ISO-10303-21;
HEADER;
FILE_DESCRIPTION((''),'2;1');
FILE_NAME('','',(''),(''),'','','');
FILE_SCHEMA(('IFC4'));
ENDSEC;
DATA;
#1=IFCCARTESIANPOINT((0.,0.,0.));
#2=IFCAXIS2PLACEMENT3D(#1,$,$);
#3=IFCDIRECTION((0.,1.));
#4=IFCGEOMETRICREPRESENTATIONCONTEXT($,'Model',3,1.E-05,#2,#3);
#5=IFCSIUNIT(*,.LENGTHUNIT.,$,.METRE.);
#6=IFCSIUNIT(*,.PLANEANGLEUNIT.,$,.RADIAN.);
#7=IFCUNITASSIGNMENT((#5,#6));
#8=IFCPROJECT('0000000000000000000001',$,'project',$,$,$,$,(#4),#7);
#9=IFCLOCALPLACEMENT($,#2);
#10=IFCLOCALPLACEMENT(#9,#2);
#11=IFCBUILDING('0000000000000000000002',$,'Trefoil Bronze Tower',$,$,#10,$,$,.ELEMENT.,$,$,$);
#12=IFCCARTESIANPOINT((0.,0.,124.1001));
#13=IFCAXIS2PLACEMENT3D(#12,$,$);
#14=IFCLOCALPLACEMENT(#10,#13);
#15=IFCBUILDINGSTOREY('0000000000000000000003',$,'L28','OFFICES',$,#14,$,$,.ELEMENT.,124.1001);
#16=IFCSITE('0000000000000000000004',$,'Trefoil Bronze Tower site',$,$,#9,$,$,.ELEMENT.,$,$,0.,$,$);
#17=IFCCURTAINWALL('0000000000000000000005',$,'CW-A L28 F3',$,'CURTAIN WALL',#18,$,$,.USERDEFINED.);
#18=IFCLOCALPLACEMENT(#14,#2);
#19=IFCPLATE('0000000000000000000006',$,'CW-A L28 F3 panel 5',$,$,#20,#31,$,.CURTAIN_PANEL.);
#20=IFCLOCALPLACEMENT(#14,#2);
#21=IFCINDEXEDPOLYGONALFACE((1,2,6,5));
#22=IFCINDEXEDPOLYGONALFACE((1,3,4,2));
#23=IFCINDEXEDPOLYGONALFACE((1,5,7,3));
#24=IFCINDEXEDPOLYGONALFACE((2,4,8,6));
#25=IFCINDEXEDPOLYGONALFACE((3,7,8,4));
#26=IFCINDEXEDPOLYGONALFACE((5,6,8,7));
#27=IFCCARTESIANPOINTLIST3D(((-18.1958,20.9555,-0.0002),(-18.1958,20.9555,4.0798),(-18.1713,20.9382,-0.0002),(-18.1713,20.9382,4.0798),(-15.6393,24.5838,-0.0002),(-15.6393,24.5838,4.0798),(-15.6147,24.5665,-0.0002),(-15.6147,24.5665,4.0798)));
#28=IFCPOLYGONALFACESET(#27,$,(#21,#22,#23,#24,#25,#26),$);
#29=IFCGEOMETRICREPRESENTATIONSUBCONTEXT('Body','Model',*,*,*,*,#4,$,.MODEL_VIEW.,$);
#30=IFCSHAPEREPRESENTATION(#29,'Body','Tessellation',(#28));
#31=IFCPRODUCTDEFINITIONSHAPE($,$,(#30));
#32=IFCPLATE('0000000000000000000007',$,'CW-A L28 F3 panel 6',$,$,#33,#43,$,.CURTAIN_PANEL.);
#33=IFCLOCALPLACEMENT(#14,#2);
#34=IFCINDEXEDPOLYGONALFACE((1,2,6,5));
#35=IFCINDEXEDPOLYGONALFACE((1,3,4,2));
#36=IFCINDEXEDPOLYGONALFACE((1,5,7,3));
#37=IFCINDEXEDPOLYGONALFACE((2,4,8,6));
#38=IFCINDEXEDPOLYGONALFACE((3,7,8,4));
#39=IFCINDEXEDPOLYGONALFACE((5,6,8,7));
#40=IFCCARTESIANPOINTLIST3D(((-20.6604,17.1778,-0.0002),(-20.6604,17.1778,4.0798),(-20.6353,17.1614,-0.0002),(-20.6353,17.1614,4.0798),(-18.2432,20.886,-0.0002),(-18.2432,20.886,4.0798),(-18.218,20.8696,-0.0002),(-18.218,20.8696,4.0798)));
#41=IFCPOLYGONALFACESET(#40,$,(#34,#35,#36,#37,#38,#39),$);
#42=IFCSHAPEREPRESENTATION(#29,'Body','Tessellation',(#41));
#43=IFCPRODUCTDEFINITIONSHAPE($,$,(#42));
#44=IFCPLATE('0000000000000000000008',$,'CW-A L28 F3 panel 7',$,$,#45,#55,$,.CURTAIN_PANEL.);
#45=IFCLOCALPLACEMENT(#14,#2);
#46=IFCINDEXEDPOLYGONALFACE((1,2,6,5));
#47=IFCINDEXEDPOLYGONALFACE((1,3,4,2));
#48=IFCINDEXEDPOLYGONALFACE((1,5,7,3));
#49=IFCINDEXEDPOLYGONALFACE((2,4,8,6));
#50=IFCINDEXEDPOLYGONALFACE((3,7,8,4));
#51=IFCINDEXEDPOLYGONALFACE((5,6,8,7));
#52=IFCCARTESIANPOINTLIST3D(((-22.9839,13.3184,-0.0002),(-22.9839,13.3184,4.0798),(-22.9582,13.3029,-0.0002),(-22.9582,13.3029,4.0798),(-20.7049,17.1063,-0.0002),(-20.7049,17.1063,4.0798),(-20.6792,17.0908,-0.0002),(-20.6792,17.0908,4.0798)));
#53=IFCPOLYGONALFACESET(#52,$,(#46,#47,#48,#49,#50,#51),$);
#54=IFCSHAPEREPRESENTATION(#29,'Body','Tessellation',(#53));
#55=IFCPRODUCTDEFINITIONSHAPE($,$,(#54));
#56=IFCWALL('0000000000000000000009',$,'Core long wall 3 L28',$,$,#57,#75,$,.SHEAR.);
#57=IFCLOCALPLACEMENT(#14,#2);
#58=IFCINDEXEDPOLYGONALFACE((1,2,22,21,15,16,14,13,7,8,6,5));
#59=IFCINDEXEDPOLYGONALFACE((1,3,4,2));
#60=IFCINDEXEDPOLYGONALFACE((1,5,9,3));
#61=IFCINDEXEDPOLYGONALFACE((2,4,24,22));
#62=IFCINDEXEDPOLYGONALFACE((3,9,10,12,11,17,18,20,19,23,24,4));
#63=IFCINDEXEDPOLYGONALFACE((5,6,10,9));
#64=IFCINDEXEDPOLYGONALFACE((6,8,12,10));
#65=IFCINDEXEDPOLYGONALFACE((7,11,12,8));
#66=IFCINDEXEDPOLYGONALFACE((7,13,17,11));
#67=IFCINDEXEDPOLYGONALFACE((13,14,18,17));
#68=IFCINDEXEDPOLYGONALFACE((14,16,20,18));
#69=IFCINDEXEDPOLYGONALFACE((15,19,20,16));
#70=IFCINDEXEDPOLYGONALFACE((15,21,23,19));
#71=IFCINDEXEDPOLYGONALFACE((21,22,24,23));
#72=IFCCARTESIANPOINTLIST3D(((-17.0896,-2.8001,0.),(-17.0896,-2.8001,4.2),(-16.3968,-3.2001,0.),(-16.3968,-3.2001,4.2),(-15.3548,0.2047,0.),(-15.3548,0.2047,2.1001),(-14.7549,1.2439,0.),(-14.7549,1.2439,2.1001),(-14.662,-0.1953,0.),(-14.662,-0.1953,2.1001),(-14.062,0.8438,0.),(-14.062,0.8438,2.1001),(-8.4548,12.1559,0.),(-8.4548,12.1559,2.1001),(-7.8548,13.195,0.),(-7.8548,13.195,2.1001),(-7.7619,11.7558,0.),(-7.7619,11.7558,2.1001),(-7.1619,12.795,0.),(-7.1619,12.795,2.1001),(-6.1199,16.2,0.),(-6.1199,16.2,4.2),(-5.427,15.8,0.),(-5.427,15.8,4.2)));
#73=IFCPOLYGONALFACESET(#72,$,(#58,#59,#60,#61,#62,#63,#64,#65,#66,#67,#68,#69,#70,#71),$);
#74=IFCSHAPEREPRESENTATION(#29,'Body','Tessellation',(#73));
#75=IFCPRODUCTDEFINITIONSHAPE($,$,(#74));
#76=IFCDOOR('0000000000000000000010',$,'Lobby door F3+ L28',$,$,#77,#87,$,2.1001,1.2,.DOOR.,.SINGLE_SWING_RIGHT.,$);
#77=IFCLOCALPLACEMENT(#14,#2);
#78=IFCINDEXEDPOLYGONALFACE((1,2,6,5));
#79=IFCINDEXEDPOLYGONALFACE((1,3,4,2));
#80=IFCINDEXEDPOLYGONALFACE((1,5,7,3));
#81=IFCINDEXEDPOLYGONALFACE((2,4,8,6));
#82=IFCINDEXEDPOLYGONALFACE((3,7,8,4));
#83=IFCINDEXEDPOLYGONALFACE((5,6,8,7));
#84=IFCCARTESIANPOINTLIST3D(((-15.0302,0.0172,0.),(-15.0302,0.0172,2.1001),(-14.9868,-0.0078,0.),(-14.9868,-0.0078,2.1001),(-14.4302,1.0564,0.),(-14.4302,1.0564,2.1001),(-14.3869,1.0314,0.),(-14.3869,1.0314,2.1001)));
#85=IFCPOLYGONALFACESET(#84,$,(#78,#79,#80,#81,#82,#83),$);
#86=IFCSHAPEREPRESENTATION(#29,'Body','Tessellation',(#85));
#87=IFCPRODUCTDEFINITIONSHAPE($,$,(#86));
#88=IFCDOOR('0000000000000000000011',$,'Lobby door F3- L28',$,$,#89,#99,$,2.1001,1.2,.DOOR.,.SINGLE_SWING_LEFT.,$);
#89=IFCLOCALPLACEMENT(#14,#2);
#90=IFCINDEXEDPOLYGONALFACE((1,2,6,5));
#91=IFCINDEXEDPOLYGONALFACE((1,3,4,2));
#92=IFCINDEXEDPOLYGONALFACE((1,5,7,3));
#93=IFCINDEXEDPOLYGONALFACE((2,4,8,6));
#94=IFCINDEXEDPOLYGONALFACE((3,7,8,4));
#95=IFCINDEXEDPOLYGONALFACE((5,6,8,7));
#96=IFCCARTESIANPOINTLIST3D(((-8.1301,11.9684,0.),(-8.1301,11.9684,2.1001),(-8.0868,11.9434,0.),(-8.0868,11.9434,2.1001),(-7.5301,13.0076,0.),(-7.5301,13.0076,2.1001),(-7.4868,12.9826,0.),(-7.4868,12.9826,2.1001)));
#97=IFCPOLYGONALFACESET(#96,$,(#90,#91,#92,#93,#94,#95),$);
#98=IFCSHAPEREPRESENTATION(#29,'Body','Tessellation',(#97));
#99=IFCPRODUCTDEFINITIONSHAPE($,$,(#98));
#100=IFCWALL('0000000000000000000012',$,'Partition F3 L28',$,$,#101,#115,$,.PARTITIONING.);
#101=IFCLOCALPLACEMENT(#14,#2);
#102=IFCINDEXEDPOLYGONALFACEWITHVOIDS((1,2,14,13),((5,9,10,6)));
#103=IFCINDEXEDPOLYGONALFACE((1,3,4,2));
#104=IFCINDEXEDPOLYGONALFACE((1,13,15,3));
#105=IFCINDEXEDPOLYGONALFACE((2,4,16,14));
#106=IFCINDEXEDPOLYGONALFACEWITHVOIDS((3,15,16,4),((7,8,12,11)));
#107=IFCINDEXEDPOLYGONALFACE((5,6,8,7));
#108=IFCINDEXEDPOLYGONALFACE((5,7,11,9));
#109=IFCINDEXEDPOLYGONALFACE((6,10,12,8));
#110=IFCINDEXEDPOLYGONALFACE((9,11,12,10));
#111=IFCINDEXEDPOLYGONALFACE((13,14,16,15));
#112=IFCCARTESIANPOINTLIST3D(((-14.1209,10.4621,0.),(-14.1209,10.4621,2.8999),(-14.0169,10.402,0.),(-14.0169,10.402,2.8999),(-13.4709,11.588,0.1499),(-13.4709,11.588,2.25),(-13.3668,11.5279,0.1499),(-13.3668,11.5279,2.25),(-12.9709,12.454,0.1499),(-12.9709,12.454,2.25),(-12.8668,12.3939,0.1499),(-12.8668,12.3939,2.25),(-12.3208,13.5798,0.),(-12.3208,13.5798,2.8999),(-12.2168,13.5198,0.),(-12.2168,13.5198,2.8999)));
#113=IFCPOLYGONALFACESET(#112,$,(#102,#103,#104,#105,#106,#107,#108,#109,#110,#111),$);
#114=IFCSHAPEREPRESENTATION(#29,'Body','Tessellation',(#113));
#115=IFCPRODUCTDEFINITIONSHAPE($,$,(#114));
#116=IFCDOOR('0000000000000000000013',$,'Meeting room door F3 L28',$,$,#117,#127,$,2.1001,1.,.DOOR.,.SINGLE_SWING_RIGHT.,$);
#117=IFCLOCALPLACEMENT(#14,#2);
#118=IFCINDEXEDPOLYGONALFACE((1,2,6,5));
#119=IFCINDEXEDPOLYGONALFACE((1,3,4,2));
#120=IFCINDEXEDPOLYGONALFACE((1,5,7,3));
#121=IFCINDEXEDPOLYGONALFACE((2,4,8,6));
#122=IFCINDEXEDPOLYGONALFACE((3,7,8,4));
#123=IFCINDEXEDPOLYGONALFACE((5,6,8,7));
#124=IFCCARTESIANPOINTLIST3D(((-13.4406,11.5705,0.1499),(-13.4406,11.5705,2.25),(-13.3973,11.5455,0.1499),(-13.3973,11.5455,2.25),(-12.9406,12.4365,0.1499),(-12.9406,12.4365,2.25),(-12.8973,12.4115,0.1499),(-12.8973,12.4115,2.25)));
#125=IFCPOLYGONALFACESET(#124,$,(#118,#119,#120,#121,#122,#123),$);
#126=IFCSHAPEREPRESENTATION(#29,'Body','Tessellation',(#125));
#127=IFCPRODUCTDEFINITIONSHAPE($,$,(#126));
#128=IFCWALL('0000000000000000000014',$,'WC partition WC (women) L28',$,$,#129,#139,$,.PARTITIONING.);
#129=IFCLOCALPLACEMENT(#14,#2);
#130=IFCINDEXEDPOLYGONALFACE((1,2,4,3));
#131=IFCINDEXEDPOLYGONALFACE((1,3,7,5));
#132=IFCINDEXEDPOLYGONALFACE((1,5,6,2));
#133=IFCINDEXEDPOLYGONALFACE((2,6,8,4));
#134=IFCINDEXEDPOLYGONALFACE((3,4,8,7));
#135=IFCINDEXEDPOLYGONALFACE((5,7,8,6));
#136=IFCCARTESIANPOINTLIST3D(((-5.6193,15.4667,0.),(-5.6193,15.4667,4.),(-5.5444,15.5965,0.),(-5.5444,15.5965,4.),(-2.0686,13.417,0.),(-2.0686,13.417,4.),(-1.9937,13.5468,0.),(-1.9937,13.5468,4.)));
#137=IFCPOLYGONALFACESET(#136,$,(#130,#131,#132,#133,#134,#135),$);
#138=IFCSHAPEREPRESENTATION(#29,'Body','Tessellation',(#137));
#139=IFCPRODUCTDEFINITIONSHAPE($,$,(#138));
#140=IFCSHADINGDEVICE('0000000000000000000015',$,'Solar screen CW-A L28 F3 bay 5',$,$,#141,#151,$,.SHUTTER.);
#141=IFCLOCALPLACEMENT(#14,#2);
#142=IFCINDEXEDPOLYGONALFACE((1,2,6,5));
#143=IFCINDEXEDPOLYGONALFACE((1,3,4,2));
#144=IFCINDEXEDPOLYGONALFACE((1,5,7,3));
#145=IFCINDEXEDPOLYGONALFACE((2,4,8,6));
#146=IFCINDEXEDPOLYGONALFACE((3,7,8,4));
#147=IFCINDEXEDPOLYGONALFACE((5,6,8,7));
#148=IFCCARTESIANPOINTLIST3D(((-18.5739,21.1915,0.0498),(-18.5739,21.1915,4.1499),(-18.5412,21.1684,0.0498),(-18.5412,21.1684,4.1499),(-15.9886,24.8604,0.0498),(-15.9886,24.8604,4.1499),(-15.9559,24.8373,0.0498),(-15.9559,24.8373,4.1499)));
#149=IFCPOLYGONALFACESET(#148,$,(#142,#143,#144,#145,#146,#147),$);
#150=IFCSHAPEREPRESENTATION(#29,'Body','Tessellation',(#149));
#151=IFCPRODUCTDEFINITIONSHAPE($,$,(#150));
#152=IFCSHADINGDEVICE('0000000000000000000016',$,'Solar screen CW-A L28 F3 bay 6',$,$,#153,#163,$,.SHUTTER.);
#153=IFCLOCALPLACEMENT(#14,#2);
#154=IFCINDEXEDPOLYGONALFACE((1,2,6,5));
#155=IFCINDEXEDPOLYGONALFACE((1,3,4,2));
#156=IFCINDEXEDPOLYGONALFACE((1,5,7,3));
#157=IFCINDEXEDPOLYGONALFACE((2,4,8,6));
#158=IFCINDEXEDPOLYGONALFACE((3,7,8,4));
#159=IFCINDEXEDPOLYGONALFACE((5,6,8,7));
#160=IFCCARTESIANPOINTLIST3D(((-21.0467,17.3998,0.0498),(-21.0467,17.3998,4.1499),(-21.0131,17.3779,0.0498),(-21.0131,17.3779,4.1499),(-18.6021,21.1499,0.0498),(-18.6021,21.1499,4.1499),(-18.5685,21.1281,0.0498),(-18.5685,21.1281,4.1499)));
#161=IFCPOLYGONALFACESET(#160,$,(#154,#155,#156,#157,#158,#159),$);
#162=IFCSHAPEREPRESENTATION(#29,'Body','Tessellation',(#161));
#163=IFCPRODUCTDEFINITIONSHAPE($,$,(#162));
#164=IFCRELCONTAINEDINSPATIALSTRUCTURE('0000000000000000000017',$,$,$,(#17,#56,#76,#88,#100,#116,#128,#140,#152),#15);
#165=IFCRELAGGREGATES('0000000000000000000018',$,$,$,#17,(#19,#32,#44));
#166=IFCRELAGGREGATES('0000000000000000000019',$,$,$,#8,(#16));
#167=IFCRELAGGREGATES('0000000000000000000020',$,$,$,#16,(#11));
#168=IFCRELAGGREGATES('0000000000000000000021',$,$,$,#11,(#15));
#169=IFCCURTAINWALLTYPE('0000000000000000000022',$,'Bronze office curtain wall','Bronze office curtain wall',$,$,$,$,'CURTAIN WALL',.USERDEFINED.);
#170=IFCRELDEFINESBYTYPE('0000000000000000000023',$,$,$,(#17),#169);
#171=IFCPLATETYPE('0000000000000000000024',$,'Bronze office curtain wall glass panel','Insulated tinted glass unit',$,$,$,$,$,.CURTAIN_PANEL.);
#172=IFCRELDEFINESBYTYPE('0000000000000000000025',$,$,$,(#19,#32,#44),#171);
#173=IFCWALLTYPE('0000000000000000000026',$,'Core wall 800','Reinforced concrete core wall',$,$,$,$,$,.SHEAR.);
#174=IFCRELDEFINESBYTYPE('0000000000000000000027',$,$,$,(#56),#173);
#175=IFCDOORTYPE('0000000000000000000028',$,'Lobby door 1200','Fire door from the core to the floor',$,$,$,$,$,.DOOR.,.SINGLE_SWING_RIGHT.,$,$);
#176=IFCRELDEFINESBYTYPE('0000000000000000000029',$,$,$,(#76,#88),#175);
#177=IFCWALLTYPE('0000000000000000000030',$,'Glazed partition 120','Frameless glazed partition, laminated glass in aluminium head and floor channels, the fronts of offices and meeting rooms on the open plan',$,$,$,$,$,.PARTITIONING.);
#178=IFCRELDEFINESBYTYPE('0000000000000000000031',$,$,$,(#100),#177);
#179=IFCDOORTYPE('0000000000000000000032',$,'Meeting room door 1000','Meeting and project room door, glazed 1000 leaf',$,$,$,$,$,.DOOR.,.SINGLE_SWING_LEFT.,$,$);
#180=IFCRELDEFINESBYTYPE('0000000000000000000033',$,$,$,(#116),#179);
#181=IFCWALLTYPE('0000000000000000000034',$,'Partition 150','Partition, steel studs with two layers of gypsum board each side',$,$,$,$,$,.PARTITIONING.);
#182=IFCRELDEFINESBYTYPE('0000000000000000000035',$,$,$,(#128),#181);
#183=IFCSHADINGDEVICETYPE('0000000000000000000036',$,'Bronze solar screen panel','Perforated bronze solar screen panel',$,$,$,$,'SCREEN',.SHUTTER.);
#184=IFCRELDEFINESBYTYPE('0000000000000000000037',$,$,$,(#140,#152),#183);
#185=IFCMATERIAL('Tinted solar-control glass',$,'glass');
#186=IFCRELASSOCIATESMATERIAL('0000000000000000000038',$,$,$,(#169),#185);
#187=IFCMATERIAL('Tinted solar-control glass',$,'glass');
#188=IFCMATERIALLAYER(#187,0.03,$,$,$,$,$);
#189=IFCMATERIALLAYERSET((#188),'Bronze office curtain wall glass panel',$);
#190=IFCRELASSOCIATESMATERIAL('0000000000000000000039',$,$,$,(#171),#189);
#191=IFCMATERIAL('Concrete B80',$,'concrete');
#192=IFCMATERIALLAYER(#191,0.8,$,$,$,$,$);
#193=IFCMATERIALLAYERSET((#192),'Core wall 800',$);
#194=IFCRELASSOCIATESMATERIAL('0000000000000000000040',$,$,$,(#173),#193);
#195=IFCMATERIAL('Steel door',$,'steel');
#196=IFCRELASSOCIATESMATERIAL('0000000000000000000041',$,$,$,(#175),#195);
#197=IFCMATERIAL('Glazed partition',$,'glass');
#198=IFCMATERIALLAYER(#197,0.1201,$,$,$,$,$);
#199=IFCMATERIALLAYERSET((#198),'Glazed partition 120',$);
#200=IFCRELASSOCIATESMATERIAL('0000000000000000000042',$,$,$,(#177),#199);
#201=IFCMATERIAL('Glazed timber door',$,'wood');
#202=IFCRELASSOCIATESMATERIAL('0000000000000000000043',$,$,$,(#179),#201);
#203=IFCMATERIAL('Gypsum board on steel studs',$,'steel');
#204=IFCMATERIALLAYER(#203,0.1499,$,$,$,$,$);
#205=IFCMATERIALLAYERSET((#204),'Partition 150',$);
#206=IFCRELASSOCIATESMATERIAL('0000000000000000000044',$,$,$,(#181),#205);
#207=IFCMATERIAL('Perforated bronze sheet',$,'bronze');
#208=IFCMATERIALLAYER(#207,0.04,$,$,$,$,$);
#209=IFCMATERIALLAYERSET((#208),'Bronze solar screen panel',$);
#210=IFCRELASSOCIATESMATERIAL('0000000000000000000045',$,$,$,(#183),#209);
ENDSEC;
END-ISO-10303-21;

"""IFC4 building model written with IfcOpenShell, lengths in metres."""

from ifc_helpers import new_model, si_unit, direction, frame, frame_2d, origin, origin_2d, place, context, subcontext, project, spatial, rectangle, extrude, material, layer, layer_set, type_object, element, fill, aggregate, save


model = new_model("IFC4")

# Units and contexts
model_context = context("Model", 3, precision=1e-05, world=origin(), true_north=direction((0.0, 1.0)))
body_context = subcontext(model_context, "Body", "Model", "MODEL_VIEW")
ifc_project = project(units=[si_unit("LENGTHUNIT", "METRE"), si_unit("PLANEANGLEUNIT", "RADIAN")], contexts=[model_context])

# Site, building, storey
site_placement = place(None, origin())
site = spatial("IfcSite", under=ifc_project, at=site_placement, Name="Trefoil Bronze Tower site", CompositionType="ELEMENT", RefElevation=0.0)
building_placement = place(site_placement, origin())
building = spatial("IfcBuilding", under=site, at=building_placement, Name="Trefoil Bronze Tower", CompositionType="ELEMENT")
storey_placement = place(building_placement, frame((0.0, 0.0, 124.1001)))
storey = spatial("IfcBuildingStorey", under=building, at=storey_placement, Name="L28", Description="OFFICES", CompositionType="ELEMENT", Elevation=124.1001)

# Curtain wall
ifc_material_1 = material(Name="Tinted solar-control glass", Category="glass")
curtain_wall_type = type_object("IfcCurtainWallType", Name="Bronze office curtain wall", Description="Bronze office curtain wall", ElementType="CURTAIN WALL", PredefinedType="USERDEFINED", material=ifc_material_1)
curtain_wall_placement = place(storey_placement, origin())
curtain_wall = element("IfcCurtainWall", 1, at=curtain_wall_placement, inside=storey, type_object=curtain_wall_type, Name="CW-A L28 F3", ObjectType="CURTAIN WALL", PredefinedType="USERDEFINED")

# Plates
ifc_material_2 = material(Name="Tinted solar-control glass", Category="glass")
ifc_layer_1 = layer(ifc_material_2, 0.03)
ifc_layer_set_1 = layer_set([ifc_layer_1], Name="Bronze office curtain wall glass panel")
plate_type = type_object("IfcPlateType", Name="Bronze office curtain wall glass panel", Description="Insulated tinted glass unit", PredefinedType="CURTAIN_PANEL", material=ifc_layer_set_1)
plate_1_placement = place(storey_placement, frame((-16.9053, 22.761, -0.0002), z_axis=(0.0, 0.0, 1.0), x_axis=(-0.575999, -0.81745, 0.0)))
plate_1 = element("IfcPlate", 2, at=plate_1_placement, type_object=plate_type, Name="CW-A L28 F3 panel 5", PredefinedType="CURTAIN_PANEL", context=body_context, shape_type="SweptSolid", body=[
    extrude(rectangle(XDim=4.4385, YDim=0.03, at=origin_2d()), origin(), (0.0, 0.0, 1.0), 4.0801),
])
plate_2_placement = place(storey_placement, frame((-19.4392, 19.0237, -0.0002), z_axis=(0.0, 0.0, 1.0), x_axis=(-0.546089, -0.837727, 0.0)))
plate_2 = element("IfcPlate", 3, at=plate_2_placement, type_object=plate_type, Name="CW-A L28 F3 panel 6", PredefinedType="CURTAIN_PANEL", context=body_context, shape_type="SweptSolid", body=[
    extrude(rectangle(XDim=4.4265, YDim=0.03, at=origin_2d()), origin(), (0.0, 0.0, 1.0), 4.0801),
])
plate_3_placement = place(storey_placement, frame((-21.8315, 15.2046, -0.0002), z_axis=(0.0, 0.0, 1.0), x_axis=(-0.515525, -0.856874, 0.0)))
plate_3 = element("IfcPlate", 4, at=plate_3_placement, type_object=plate_type, Name="CW-A L28 F3 panel 7", PredefinedType="CURTAIN_PANEL", context=body_context, shape_type="SweptSolid", body=[
    extrude(rectangle(XDim=4.4207, YDim=0.03, at=origin_2d()), origin(), (0.0, 0.0, 1.0), 4.0801),
])
aggregate(curtain_wall, [plate_1, plate_2, plate_3])

# Wall, openings, doors
ifc_material_3 = material(Name="Concrete B80", Category="concrete")
ifc_layer_2 = layer(ifc_material_3, 0.8)
ifc_layer_set_2 = layer_set([ifc_layer_2], Name="Core wall 800")
wall_type_1 = type_object("IfcWallType", Name="Core wall 800", Description="Reinforced concrete core wall", PredefinedType="SHEAR", material=ifc_layer_set_2)
wall_1_placement = place(storey_placement, frame((-5.7734, 16.0, 0.0), z_axis=(0.0, 0.0, 1.0), x_axis=(-0.500002, -0.866024, 0.0)))
wall_1 = element("IfcWall", 5, at=wall_1_placement, inside=storey, type_object=wall_type_1, Name="Core long wall 3 L28", PredefinedType="SHEAR", context=body_context, shape_type="SweptSolid", body=[
    extrude(rectangle(XDim=21.9395, YDim=0.8, at=frame_2d((10.9697, 0.0))), origin(), (0.0, 0.0, 1.0), 4.2),
])
opening_1_placement = place(wall_1_placement, frame((17.2698, 0.0, 0.0)))
opening_1 = element("IfcOpeningElement", 6, at=opening_1_placement, cuts=wall_1, PredefinedType="OPENING", context=body_context, shape_type="SweptSolid", body=[
    extrude(rectangle(XDim=1.2, YDim=2.1001, at=frame_2d((0.6001, 1.05))), frame((0.0, 0.4099, 0.0), z_axis=(0.0, -1.0, 0.0), x_axis=(1.0, 0.0, 0.0)), (0.0, 0.0, 1.0), 0.8201),
])
opening_2_placement = place(wall_1_placement, frame((3.4697, 0.0, 0.0)))
opening_2 = element("IfcOpeningElement", 7, at=opening_2_placement, cuts=wall_1, PredefinedType="OPENING", context=body_context, shape_type="SweptSolid", body=[
    extrude(rectangle(XDim=1.2, YDim=2.1001, at=frame_2d((0.6001, 1.05))), frame((0.0, 0.4099, 0.0), z_axis=(0.0, -1.0, 0.0), x_axis=(1.0, 0.0, 0.0)), (0.0, 0.0, 1.0), 0.8201),
])
ifc_material_4 = material(Name="Steel door", Category="steel")
door_type_1 = type_object("IfcDoorType", Name="Lobby door 1200", Description="Fire door from the core to the floor", OperationType="SINGLE_SWING_RIGHT", PredefinedType="DOOR", material=ifc_material_4)
door_1_placement = place(opening_1_placement, origin())
door_1 = element("IfcDoor", 8, at=door_1_placement, inside=storey, type_object=door_type_1, Name="Lobby door F3+ L28", OperationType="SINGLE_SWING_RIGHT", OverallHeight=2.1001, OverallWidth=1.2, PredefinedType="DOOR", context=body_context, shape_type="SweptSolid", body=[
    extrude(rectangle(XDim=1.2, YDim=2.1001, at=frame_2d((0.6001, 1.05))), frame((0.0, 0.0249, 0.0), z_axis=(0.0, -1.0, 0.0), x_axis=(1.0, 0.0, 0.0)), (0.0, 0.0, 1.0), 0.05),
])
fill(opening_1, door_1)
door_2_placement = place(opening_2_placement, origin())
door_2 = element("IfcDoor", 9, at=door_2_placement, inside=storey, type_object=door_type_1, Name="Lobby door F3- L28", OperationType="SINGLE_SWING_LEFT", OverallHeight=2.1001, OverallWidth=1.2, PredefinedType="DOOR", context=body_context, shape_type="SweptSolid", body=[
    extrude(rectangle(XDim=1.2, YDim=2.1001, at=frame_2d((0.6001, 1.05))), frame((0.0, 0.0249, 0.0), z_axis=(0.0, -1.0, 0.0), x_axis=(1.0, 0.0, 0.0)), (0.0, 0.0, 1.0), 0.05),
])
fill(opening_2, door_2)

# Wall, opening, door
ifc_material_5 = material(Name="Glazed partition", Category="glass")
ifc_layer_3 = layer(ifc_material_5, 0.1201)
ifc_layer_set_3 = layer_set([ifc_layer_3], Name="Glazed partition 120")
wall_type_2 = type_object("IfcWallType", Name="Glazed partition 120", Description="Frameless glazed partition, laminated glass in aluminium head and floor channels, the fronts of offices and meeting rooms on the open plan", PredefinedType="PARTITIONING", material=ifc_layer_set_3)
wall_2_placement = place(storey_placement, frame((-12.2688, 13.5498, 0.0), z_axis=(0.0, 0.0, 1.0), x_axis=(-0.500012, -0.866018, 0.0)))
wall_2 = element("IfcWall", 10, at=wall_2_placement, inside=storey, type_object=wall_type_2, Name="Partition F3 L28", PredefinedType="PARTITIONING", context=body_context, shape_type="SweptSolid", body=[
    extrude(rectangle(XDim=3.6001, YDim=0.1201, at=frame_2d((1.8, 0.0))), origin(), (0.0, 0.0, 1.0), 2.8999),
])
opening_3_placement = place(wall_2_placement, frame((1.3, 0.0, 0.1499)))
opening_3 = element("IfcOpeningElement", 11, at=opening_3_placement, cuts=wall_2, PredefinedType="OPENING", context=body_context, shape_type="SweptSolid", body=[
    extrude(rectangle(XDim=1.0, YDim=2.1001, at=frame_2d((0.5, 1.05))), frame((0.0, 0.0701, 0.0), z_axis=(0.0, -1.0, 0.0), x_axis=(1.0, 0.0, 0.0)), (0.0, 0.0, 1.0), 0.1401),
])
ifc_material_6 = material(Name="Glazed timber door", Category="wood")
door_type_2 = type_object("IfcDoorType", Name="Meeting room door 1000", Description="Meeting and project room door, glazed 1000 leaf", OperationType="SINGLE_SWING_LEFT", PredefinedType="DOOR", material=ifc_material_6)
door_3_placement = place(opening_3_placement, origin())
door_3 = element("IfcDoor", 12, at=door_3_placement, inside=storey, type_object=door_type_2, Name="Meeting room door F3 L28", OperationType="SINGLE_SWING_RIGHT", OverallHeight=2.1001, OverallWidth=1.0, PredefinedType="DOOR", context=body_context, shape_type="SweptSolid", body=[
    extrude(rectangle(XDim=1.0, YDim=2.1001, at=frame_2d((0.5, 1.05))), frame((0.0, 0.0249, 0.0), z_axis=(0.0, -1.0, 0.0), x_axis=(1.0, 0.0, 0.0)), (0.0, 0.0, 1.0), 0.05),
])
fill(opening_3, door_3)

# Wall
ifc_material_7 = material(Name="Gypsum board on steel studs", Category="steel")
ifc_layer_4 = layer(ifc_material_7, 0.1499)
ifc_layer_set_4 = layer_set([ifc_layer_4], Name="Partition 150")
wall_type_3 = type_object("IfcWallType", Name="Partition 150", Description="Partition, steel studs with two layers of gypsum board each side", PredefinedType="PARTITIONING", material=ifc_layer_set_4)
wall_3_placement = place(storey_placement, frame((-2.0312, 13.4819, 0.0), z_axis=(0.0, 0.0, 1.0), x_axis=(-0.866051, 0.499956, 0.0)))
element("IfcWall", 13, at=wall_3_placement, inside=storey, type_object=wall_type_3, Name="WC partition WC (women) L28", PredefinedType="PARTITIONING", context=body_context, shape_type="SweptSolid", body=[
    extrude(rectangle(XDim=4.0999, YDim=0.1499, at=frame_2d((2.0498, 0.0))), origin(), (0.0, 0.0, 1.0), 4.0),
])

# Shading devices
ifc_material_8 = material(Name="Perforated bronze sheet", Category="bronze")
ifc_layer_5 = layer(ifc_material_8, 0.04)
ifc_layer_set_5 = layer_set([ifc_layer_5], Name="Bronze solar screen panel")
shading_device_type = type_object("IfcShadingDeviceType", Name="Bronze solar screen panel", Description="Perforated bronze solar screen panel", ElementType="SCREEN", PredefinedType="SHUTTER", material=ifc_layer_set_5)
shading_device_1_placement = place(storey_placement, frame((-17.2649, 23.0144, 0.0498), z_axis=(0.0, 0.0, 1.0), x_axis=(-0.575999, -0.81745, 0.0)))
element("IfcShadingDevice", 14, at=shading_device_1_placement, inside=storey, type_object=shading_device_type, Name="Solar screen CW-A L28 F3 bay 5", PredefinedType="SHUTTER", context=body_context, shape_type="SweptSolid", body=[
    extrude(rectangle(XDim=4.4883, YDim=0.04, at=origin_2d()), origin(), (0.0, 0.0, 1.0), 4.1001),
])
shading_device_2_placement = place(storey_placement, frame((-19.8076, 19.2639, 0.0498), z_axis=(0.0, 0.0, 1.0), x_axis=(-0.546089, -0.837727, 0.0)))
element("IfcShadingDevice", 15, at=shading_device_2_placement, inside=storey, type_object=shading_device_type, Name="Solar screen CW-A L28 F3 bay 6", PredefinedType="SHUTTER", context=body_context, shape_type="SweptSolid", body=[
    extrude(rectangle(XDim=4.4766, YDim=0.04, at=origin_2d()), origin(), (0.0, 0.0, 1.0), 4.1001),
])

save(model, "model.ifc")
